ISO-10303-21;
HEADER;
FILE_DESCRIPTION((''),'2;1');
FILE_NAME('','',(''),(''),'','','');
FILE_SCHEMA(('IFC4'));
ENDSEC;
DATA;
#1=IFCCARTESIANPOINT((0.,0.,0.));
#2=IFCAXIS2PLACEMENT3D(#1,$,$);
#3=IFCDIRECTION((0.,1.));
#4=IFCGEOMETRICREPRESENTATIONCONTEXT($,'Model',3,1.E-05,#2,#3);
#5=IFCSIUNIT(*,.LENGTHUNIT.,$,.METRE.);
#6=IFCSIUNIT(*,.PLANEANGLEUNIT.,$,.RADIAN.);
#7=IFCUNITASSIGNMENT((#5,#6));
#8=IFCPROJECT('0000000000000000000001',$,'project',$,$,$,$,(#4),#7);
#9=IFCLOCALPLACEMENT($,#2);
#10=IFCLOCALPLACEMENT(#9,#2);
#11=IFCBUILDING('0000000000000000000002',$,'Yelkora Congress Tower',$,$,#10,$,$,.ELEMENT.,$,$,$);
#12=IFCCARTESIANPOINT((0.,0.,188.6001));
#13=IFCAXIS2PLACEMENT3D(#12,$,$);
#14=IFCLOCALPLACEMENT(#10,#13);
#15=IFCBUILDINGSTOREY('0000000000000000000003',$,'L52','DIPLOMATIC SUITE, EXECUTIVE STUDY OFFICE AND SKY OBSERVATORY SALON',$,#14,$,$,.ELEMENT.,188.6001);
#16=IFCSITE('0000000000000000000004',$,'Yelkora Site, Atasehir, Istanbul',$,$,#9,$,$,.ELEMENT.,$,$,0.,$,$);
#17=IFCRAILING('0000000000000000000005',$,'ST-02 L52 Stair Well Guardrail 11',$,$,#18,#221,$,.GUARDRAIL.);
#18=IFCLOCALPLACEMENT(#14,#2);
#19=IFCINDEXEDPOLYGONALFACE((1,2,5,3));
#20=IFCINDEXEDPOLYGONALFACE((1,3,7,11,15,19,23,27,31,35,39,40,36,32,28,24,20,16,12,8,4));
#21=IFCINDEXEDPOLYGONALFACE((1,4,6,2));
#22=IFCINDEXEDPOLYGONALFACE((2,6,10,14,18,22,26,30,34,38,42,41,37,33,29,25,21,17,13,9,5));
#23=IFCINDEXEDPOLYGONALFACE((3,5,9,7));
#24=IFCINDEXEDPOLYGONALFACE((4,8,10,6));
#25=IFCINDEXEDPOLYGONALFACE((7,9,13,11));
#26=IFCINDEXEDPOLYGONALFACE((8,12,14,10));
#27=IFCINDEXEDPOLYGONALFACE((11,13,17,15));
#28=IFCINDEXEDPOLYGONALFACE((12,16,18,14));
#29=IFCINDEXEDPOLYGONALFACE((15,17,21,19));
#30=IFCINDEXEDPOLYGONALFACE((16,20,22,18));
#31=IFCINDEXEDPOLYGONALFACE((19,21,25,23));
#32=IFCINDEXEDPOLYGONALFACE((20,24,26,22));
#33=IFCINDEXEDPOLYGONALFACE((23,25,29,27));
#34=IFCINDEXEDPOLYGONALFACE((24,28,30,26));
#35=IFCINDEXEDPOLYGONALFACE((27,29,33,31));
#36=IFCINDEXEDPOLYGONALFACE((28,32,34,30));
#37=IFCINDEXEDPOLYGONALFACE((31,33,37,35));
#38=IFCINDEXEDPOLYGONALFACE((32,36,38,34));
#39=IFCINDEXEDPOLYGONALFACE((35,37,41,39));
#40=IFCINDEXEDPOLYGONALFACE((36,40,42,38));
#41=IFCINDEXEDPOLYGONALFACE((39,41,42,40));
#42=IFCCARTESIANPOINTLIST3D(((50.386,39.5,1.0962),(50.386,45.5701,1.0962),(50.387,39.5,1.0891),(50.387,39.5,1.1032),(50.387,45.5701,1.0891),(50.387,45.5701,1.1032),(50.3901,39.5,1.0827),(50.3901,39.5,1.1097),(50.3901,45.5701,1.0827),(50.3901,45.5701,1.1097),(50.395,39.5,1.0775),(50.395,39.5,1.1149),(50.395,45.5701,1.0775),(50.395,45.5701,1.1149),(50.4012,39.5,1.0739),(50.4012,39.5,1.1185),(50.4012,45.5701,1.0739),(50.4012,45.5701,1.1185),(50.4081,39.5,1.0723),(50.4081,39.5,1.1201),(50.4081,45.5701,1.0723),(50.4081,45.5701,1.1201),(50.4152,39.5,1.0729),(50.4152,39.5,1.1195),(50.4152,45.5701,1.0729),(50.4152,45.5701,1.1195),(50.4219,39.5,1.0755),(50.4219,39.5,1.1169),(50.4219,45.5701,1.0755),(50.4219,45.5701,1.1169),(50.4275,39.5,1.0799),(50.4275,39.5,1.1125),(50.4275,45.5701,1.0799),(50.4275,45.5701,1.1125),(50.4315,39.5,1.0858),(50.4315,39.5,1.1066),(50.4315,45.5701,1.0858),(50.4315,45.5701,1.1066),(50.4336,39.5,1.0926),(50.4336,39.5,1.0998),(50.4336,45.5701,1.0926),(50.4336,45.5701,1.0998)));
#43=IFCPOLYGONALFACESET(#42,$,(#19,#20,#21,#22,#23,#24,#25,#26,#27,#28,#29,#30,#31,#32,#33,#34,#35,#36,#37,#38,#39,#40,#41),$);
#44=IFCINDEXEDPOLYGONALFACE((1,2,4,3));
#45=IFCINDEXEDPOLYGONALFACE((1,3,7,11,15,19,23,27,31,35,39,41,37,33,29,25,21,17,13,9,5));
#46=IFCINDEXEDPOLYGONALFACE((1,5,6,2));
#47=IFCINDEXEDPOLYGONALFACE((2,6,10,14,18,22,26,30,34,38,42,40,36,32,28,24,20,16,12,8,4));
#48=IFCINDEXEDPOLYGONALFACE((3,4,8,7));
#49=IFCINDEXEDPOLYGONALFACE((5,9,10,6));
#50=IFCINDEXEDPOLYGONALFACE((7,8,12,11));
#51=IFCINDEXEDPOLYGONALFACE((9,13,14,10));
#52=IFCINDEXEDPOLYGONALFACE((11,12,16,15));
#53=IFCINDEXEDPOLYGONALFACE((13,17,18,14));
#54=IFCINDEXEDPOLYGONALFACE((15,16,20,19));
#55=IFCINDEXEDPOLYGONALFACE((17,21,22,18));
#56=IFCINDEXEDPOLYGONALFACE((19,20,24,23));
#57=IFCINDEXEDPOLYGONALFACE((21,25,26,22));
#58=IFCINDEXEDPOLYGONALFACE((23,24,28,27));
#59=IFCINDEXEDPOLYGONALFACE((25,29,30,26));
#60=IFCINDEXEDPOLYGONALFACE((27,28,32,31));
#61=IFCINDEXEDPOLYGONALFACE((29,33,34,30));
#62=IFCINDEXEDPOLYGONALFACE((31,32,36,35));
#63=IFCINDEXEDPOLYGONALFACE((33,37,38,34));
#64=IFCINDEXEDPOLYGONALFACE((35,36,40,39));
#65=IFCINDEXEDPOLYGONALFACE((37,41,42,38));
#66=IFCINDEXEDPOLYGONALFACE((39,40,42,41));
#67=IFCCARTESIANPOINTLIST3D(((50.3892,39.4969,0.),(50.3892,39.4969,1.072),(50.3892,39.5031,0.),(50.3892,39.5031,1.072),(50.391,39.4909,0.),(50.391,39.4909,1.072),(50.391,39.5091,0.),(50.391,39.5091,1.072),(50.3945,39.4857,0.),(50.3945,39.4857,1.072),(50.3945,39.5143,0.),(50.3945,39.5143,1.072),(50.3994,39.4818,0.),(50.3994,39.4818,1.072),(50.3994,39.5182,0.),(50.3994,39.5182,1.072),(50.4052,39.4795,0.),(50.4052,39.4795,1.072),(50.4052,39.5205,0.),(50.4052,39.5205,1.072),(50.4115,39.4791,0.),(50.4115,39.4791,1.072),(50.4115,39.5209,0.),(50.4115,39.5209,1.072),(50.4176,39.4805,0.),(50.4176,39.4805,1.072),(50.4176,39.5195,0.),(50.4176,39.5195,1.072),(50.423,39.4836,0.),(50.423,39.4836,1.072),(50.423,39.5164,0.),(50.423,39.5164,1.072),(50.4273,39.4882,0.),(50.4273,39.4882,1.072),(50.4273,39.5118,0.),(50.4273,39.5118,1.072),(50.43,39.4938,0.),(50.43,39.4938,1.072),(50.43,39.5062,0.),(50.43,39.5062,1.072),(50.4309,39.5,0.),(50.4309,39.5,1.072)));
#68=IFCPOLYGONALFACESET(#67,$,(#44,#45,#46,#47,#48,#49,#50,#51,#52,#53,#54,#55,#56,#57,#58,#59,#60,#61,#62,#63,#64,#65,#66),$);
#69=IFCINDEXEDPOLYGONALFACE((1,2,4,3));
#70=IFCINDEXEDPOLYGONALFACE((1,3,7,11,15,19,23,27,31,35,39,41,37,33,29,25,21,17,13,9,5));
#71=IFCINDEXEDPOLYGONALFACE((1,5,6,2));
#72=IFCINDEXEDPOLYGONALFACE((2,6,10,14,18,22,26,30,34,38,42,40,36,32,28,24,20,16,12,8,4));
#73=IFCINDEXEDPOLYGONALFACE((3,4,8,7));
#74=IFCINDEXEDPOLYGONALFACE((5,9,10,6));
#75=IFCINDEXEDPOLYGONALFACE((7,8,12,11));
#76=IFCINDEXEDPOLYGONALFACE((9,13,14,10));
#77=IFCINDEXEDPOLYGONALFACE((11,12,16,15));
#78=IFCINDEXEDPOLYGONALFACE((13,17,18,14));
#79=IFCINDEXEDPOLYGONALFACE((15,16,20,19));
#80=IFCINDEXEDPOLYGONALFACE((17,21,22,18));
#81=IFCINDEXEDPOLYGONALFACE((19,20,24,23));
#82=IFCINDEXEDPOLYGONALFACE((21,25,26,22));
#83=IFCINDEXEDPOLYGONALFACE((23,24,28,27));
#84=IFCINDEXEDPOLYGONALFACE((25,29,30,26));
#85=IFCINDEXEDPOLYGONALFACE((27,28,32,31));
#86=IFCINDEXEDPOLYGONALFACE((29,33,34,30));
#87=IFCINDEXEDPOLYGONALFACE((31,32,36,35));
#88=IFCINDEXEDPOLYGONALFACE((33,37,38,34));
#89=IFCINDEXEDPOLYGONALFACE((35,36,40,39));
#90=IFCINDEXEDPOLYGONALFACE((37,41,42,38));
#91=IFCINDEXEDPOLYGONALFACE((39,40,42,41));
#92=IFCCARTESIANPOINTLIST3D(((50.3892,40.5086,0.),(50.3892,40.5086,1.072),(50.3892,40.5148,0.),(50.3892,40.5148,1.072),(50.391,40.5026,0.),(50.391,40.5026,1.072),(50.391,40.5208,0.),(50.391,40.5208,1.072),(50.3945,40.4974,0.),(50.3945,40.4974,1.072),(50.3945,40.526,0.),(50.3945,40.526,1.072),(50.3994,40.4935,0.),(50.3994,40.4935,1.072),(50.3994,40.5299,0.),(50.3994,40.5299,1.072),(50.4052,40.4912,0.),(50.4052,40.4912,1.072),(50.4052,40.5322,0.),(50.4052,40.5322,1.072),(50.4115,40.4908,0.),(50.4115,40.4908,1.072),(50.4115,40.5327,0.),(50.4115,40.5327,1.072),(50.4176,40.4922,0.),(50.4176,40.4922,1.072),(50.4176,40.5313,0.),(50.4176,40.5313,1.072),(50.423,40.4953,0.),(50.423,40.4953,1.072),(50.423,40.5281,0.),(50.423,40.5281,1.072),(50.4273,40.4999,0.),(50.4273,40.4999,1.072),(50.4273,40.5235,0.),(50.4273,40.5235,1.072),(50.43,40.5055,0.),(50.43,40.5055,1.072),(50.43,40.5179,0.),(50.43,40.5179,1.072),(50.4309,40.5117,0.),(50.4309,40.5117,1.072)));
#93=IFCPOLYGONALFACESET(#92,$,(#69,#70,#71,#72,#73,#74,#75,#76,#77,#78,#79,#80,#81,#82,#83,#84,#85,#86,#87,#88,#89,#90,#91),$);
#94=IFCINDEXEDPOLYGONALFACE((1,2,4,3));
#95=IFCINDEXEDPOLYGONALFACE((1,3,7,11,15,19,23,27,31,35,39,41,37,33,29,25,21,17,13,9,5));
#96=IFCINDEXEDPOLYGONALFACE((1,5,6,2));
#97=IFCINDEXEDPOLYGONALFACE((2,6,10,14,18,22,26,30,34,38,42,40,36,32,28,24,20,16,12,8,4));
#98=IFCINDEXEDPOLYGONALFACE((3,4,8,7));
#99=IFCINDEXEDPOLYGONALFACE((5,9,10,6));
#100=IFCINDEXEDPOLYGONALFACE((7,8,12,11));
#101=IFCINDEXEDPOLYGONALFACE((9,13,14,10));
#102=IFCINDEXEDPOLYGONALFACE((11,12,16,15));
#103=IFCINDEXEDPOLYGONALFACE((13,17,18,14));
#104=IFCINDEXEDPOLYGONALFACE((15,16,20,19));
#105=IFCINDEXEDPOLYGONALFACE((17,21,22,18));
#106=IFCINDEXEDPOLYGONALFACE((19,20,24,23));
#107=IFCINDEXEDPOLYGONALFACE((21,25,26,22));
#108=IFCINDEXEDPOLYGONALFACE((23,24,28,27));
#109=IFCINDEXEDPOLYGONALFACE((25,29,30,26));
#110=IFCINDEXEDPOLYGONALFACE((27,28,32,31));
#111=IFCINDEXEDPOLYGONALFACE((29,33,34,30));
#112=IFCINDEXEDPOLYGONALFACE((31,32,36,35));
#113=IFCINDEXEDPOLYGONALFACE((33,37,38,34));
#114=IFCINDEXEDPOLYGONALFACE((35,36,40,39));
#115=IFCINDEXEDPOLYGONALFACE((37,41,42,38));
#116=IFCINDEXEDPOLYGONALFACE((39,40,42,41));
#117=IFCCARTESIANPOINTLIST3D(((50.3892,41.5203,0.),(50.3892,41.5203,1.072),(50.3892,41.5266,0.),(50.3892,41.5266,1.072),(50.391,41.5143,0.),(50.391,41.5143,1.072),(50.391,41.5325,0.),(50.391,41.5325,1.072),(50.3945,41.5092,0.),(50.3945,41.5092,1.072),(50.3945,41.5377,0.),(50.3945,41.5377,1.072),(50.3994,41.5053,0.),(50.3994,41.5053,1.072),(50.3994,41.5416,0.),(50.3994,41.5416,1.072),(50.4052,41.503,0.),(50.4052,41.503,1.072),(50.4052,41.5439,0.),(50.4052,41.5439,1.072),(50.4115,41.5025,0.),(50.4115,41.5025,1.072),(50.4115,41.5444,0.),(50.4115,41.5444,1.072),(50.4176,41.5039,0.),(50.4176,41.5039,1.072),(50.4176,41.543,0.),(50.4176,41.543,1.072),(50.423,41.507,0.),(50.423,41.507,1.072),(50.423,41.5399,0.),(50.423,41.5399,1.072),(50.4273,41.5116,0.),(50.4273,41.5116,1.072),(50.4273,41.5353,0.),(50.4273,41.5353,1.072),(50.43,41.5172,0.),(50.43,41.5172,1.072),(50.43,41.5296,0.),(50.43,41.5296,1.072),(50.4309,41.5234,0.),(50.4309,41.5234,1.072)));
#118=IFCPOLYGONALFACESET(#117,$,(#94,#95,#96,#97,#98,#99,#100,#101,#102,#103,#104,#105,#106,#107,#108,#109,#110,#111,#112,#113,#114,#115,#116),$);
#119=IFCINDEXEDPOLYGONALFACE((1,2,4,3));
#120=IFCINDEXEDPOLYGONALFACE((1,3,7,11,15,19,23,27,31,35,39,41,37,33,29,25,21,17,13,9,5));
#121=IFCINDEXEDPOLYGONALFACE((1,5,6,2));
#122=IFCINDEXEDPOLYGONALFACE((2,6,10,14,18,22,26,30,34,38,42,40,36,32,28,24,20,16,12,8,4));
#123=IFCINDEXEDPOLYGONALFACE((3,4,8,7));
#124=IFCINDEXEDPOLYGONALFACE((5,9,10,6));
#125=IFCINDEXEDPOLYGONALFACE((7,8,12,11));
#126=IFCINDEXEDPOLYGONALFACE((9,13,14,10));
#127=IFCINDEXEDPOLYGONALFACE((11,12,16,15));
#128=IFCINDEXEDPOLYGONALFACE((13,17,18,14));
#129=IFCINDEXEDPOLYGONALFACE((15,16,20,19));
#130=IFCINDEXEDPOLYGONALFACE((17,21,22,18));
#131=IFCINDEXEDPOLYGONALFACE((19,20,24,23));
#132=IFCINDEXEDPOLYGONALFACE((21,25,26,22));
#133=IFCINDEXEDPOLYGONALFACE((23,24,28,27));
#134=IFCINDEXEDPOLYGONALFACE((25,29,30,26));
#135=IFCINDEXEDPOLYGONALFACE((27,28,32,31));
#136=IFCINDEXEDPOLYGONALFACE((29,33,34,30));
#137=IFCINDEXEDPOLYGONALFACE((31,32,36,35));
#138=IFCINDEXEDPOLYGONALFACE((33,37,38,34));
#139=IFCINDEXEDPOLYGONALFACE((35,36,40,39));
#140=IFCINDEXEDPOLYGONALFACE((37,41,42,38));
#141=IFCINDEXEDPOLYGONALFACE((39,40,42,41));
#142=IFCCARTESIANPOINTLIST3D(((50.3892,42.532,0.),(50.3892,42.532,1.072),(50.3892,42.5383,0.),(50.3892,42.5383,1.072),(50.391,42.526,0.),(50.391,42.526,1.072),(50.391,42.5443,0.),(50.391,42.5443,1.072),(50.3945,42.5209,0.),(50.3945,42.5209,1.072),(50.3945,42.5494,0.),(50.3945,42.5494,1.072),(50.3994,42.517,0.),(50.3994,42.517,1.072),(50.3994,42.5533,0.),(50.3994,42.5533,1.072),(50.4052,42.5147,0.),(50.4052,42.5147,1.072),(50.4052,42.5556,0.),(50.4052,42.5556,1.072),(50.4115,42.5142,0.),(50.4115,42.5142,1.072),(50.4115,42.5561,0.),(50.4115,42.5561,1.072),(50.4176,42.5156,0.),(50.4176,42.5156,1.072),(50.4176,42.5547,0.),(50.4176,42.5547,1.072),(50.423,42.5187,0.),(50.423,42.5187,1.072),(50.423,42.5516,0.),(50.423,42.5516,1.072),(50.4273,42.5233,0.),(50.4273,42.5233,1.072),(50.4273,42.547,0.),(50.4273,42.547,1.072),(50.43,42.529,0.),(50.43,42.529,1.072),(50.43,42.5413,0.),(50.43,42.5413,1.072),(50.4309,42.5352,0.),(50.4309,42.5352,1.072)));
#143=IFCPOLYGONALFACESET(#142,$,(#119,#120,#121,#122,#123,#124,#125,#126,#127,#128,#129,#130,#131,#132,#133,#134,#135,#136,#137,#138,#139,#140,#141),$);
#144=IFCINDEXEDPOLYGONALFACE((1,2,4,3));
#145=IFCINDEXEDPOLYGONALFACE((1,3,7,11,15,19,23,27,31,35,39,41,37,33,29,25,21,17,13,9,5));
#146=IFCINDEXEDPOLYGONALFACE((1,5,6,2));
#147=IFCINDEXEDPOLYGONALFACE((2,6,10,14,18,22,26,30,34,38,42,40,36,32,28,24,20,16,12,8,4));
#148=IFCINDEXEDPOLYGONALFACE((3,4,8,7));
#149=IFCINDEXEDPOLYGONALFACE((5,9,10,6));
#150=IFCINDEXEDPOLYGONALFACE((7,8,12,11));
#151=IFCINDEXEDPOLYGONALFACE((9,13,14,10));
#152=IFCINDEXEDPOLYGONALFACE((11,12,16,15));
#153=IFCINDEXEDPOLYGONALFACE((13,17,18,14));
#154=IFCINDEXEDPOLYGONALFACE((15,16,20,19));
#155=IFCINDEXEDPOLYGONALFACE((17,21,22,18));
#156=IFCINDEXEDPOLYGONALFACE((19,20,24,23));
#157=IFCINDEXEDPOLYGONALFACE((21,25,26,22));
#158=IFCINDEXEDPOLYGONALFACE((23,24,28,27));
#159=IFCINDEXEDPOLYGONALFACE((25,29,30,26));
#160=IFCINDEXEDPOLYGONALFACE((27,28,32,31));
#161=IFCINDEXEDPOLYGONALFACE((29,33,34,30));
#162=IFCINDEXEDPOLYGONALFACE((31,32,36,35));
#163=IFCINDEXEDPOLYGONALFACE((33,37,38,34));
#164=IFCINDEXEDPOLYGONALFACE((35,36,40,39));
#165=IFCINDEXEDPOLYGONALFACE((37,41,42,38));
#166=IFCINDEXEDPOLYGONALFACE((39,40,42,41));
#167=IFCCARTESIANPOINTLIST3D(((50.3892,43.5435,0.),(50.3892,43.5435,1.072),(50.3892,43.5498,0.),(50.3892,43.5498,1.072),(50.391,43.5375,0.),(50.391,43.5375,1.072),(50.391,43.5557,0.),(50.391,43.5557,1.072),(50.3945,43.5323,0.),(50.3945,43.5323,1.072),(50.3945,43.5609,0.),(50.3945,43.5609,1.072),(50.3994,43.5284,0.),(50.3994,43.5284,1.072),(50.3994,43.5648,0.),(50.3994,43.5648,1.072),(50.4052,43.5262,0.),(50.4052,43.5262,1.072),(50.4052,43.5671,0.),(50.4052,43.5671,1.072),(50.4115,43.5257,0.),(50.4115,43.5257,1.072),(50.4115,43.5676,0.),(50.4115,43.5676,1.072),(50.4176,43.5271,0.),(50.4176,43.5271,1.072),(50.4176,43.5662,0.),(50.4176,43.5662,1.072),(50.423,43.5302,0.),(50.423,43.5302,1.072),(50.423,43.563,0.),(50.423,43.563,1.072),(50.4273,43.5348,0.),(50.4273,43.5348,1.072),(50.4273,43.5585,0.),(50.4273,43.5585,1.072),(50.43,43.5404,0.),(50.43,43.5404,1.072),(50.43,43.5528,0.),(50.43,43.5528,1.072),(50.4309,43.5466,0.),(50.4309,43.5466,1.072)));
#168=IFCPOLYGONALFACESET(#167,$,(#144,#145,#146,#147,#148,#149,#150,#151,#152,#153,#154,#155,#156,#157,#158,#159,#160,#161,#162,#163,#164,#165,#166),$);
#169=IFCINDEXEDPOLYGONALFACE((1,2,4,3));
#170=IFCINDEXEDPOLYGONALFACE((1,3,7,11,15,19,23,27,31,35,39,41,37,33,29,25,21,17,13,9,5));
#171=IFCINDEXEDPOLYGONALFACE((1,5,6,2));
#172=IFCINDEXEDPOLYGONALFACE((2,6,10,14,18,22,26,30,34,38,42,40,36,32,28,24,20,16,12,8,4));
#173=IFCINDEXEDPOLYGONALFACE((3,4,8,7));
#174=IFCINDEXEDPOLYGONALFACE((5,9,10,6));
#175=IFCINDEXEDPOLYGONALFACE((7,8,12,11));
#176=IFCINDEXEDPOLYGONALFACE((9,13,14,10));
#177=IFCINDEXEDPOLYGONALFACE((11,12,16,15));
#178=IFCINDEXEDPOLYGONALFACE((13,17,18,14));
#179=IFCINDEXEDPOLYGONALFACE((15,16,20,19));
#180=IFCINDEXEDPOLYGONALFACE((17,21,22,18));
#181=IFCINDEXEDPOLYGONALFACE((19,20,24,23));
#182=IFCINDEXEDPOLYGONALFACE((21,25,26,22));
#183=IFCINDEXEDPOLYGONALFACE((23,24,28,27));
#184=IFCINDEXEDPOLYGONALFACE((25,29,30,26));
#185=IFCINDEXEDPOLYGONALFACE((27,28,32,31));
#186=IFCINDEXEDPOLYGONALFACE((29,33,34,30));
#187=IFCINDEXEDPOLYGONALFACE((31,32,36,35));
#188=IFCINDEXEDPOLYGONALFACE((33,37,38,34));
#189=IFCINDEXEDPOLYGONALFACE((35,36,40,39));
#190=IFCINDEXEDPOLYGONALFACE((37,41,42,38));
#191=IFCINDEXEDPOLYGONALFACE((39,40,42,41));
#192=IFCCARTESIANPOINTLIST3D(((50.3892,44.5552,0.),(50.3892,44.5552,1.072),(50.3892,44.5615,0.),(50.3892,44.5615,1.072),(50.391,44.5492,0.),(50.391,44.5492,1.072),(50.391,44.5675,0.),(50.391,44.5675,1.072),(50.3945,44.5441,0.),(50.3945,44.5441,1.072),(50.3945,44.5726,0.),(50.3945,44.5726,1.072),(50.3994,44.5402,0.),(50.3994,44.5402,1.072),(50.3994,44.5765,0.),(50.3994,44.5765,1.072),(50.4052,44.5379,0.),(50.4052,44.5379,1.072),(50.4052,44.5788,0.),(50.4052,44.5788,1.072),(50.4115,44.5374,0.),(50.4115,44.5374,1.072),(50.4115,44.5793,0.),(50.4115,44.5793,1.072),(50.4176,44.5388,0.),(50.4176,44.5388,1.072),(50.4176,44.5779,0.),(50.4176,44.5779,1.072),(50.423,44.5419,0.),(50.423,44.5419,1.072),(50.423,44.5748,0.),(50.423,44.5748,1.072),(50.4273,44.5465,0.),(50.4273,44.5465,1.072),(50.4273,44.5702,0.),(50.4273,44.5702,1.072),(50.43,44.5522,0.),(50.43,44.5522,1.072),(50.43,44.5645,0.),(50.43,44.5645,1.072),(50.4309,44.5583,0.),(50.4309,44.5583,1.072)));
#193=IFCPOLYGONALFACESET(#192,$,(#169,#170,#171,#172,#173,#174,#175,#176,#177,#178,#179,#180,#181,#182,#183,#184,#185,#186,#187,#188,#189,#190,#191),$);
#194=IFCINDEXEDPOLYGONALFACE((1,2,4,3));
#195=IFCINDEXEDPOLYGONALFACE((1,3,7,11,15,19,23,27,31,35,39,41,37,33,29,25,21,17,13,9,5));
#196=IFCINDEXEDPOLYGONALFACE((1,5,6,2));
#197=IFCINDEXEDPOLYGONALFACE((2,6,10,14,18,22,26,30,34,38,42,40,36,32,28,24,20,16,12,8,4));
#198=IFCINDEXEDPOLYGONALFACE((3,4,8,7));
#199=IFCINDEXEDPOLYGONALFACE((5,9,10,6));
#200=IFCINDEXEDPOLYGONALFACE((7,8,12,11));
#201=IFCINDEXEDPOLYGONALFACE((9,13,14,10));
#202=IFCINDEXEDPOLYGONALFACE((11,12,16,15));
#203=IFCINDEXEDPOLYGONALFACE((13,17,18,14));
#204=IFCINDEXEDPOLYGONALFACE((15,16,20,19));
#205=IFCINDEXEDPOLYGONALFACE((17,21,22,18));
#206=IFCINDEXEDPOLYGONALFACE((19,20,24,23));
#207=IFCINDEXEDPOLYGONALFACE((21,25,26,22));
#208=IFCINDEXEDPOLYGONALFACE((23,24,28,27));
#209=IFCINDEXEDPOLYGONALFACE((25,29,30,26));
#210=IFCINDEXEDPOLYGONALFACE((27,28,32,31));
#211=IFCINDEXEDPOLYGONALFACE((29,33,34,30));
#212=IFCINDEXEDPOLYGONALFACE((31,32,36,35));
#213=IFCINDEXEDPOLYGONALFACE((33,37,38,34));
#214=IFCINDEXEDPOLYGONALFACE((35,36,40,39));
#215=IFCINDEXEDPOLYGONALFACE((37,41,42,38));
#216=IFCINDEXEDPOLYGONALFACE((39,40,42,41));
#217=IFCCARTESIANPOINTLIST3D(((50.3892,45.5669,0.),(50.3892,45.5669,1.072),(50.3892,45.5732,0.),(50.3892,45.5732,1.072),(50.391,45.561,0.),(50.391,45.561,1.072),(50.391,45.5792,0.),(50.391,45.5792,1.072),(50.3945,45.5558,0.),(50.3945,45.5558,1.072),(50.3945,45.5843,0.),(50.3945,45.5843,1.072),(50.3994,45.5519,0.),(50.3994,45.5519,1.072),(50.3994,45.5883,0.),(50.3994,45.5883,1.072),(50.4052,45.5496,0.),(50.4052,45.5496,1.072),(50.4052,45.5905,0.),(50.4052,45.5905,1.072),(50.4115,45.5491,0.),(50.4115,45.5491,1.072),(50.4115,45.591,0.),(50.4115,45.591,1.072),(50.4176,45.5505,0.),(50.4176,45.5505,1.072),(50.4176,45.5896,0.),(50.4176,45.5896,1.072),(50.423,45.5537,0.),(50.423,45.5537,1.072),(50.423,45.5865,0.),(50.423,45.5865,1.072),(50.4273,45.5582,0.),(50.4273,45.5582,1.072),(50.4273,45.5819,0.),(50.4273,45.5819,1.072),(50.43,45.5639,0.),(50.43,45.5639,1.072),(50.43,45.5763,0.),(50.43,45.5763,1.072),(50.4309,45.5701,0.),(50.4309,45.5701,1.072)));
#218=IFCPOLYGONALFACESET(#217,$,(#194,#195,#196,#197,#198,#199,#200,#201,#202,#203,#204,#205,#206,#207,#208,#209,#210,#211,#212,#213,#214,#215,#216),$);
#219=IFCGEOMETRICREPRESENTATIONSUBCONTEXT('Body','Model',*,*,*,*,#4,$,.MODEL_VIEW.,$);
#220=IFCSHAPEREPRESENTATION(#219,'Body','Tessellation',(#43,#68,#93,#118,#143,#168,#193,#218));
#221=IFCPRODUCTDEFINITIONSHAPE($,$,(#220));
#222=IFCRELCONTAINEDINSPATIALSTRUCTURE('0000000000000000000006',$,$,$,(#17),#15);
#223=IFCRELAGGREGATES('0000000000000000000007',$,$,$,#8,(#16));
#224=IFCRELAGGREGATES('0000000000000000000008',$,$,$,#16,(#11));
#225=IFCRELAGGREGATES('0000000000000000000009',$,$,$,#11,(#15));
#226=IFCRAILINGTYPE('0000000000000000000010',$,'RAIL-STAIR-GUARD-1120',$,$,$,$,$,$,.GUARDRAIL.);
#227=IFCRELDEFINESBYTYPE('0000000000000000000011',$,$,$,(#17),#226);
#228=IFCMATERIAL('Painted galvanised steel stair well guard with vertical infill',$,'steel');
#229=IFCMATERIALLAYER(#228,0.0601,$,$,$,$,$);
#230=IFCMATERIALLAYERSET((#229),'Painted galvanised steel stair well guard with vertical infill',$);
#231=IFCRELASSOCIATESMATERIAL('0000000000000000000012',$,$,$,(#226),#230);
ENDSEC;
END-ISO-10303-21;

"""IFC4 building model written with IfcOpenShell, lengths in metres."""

from ifc_helpers import new_model, si_unit, direction, frame, origin, origin_2d, place, context, subcontext, project, spatial, circle, extrude, material, layer, layer_set, type_object, element, save


model = new_model("IFC4")

# Units and contexts
model_context = context("Model", 3, precision=1e-05, world=origin(), true_north=direction((0.0, 1.0)))
body_context = subcontext(model_context, "Body", "Model", "MODEL_VIEW")
ifc_project = project(units=[si_unit("LENGTHUNIT", "METRE"), si_unit("PLANEANGLEUNIT", "RADIAN")], contexts=[model_context])

# Site, building, storey
site_placement = place(None, origin())
site = spatial("IfcSite", under=ifc_project, at=site_placement, Name="Yelkora Site, Atasehir, Istanbul", CompositionType="ELEMENT", RefElevation=0.0)
building_placement = place(site_placement, origin())
building = spatial("IfcBuilding", under=site, at=building_placement, Name="Yelkora Congress Tower", CompositionType="ELEMENT")
storey_placement = place(building_placement, frame((0.0, 0.0, 188.6001)))
storey = spatial("IfcBuildingStorey", under=building, at=storey_placement, Name="L52", Description="DIPLOMATIC SUITE, EXECUTIVE STUDY OFFICE AND SKY OBSERVATORY SALON", CompositionType="ELEMENT", Elevation=188.6001)

# Railing
ifc_material_1 = material(Name="Painted galvanised steel stair well guard with vertical infill", Category="steel")
ifc_layer_1 = layer(ifc_material_1, 0.0601)
ifc_layer_set_1 = layer_set([ifc_layer_1], Name="Painted galvanised steel stair well guard with vertical infill")
railing_type_1 = type_object("IfcRailingType", Name="RAIL-STAIR-GUARD-1120", PredefinedType="GUARDRAIL", material=ifc_layer_set_1)
railing_1_placement = place(storey_placement, frame((50.4099, 39.5, 0.0)))
element("IfcRailing", 1, at=railing_1_placement, inside=storey, type_object=railing_type_1, Name="ST-02 L52 Stair Well Guardrail 11", PredefinedType="GUARDRAIL", context=body_context, shape_type="SweptSolid", body=[
    extrude(circle(Radius=0.0239, at=origin_2d()), frame((0.0, 0.0, 1.0962), z_axis=(0.0, 1.0, 0.0), x_axis=(-1.0, 0.0, 0.0)), (0.0, 0.0, 1.0), 6.0701),
    extrude(circle(Radius=0.021, at=origin_2d()), origin(), (0.0, 0.0, 1.0), 1.072),
    extrude(circle(Radius=0.021, at=origin_2d()), frame((0.0, 1.0117, 0.0)), (0.0, 0.0, 1.0), 1.072),
    extrude(circle(Radius=0.021, at=origin_2d()), frame((0.0, 2.0234, 0.0)), (0.0, 0.0, 1.0), 1.072),
    extrude(circle(Radius=0.021, at=origin_2d()), frame((0.0, 3.0352, 0.0)), (0.0, 0.0, 1.0), 1.072),
    extrude(circle(Radius=0.021, at=origin_2d()), frame((0.0, 4.0466, 0.0)), (0.0, 0.0, 1.0), 1.072),
    extrude(circle(Radius=0.021, at=origin_2d()), frame((0.0, 5.0583, 0.0)), (0.0, 0.0, 1.0), 1.072),
    extrude(circle(Radius=0.021, at=origin_2d()), frame((0.0, 6.0701, 0.0)), (0.0, 0.0, 1.0), 1.072),
])

save(model, "model.ifc")
